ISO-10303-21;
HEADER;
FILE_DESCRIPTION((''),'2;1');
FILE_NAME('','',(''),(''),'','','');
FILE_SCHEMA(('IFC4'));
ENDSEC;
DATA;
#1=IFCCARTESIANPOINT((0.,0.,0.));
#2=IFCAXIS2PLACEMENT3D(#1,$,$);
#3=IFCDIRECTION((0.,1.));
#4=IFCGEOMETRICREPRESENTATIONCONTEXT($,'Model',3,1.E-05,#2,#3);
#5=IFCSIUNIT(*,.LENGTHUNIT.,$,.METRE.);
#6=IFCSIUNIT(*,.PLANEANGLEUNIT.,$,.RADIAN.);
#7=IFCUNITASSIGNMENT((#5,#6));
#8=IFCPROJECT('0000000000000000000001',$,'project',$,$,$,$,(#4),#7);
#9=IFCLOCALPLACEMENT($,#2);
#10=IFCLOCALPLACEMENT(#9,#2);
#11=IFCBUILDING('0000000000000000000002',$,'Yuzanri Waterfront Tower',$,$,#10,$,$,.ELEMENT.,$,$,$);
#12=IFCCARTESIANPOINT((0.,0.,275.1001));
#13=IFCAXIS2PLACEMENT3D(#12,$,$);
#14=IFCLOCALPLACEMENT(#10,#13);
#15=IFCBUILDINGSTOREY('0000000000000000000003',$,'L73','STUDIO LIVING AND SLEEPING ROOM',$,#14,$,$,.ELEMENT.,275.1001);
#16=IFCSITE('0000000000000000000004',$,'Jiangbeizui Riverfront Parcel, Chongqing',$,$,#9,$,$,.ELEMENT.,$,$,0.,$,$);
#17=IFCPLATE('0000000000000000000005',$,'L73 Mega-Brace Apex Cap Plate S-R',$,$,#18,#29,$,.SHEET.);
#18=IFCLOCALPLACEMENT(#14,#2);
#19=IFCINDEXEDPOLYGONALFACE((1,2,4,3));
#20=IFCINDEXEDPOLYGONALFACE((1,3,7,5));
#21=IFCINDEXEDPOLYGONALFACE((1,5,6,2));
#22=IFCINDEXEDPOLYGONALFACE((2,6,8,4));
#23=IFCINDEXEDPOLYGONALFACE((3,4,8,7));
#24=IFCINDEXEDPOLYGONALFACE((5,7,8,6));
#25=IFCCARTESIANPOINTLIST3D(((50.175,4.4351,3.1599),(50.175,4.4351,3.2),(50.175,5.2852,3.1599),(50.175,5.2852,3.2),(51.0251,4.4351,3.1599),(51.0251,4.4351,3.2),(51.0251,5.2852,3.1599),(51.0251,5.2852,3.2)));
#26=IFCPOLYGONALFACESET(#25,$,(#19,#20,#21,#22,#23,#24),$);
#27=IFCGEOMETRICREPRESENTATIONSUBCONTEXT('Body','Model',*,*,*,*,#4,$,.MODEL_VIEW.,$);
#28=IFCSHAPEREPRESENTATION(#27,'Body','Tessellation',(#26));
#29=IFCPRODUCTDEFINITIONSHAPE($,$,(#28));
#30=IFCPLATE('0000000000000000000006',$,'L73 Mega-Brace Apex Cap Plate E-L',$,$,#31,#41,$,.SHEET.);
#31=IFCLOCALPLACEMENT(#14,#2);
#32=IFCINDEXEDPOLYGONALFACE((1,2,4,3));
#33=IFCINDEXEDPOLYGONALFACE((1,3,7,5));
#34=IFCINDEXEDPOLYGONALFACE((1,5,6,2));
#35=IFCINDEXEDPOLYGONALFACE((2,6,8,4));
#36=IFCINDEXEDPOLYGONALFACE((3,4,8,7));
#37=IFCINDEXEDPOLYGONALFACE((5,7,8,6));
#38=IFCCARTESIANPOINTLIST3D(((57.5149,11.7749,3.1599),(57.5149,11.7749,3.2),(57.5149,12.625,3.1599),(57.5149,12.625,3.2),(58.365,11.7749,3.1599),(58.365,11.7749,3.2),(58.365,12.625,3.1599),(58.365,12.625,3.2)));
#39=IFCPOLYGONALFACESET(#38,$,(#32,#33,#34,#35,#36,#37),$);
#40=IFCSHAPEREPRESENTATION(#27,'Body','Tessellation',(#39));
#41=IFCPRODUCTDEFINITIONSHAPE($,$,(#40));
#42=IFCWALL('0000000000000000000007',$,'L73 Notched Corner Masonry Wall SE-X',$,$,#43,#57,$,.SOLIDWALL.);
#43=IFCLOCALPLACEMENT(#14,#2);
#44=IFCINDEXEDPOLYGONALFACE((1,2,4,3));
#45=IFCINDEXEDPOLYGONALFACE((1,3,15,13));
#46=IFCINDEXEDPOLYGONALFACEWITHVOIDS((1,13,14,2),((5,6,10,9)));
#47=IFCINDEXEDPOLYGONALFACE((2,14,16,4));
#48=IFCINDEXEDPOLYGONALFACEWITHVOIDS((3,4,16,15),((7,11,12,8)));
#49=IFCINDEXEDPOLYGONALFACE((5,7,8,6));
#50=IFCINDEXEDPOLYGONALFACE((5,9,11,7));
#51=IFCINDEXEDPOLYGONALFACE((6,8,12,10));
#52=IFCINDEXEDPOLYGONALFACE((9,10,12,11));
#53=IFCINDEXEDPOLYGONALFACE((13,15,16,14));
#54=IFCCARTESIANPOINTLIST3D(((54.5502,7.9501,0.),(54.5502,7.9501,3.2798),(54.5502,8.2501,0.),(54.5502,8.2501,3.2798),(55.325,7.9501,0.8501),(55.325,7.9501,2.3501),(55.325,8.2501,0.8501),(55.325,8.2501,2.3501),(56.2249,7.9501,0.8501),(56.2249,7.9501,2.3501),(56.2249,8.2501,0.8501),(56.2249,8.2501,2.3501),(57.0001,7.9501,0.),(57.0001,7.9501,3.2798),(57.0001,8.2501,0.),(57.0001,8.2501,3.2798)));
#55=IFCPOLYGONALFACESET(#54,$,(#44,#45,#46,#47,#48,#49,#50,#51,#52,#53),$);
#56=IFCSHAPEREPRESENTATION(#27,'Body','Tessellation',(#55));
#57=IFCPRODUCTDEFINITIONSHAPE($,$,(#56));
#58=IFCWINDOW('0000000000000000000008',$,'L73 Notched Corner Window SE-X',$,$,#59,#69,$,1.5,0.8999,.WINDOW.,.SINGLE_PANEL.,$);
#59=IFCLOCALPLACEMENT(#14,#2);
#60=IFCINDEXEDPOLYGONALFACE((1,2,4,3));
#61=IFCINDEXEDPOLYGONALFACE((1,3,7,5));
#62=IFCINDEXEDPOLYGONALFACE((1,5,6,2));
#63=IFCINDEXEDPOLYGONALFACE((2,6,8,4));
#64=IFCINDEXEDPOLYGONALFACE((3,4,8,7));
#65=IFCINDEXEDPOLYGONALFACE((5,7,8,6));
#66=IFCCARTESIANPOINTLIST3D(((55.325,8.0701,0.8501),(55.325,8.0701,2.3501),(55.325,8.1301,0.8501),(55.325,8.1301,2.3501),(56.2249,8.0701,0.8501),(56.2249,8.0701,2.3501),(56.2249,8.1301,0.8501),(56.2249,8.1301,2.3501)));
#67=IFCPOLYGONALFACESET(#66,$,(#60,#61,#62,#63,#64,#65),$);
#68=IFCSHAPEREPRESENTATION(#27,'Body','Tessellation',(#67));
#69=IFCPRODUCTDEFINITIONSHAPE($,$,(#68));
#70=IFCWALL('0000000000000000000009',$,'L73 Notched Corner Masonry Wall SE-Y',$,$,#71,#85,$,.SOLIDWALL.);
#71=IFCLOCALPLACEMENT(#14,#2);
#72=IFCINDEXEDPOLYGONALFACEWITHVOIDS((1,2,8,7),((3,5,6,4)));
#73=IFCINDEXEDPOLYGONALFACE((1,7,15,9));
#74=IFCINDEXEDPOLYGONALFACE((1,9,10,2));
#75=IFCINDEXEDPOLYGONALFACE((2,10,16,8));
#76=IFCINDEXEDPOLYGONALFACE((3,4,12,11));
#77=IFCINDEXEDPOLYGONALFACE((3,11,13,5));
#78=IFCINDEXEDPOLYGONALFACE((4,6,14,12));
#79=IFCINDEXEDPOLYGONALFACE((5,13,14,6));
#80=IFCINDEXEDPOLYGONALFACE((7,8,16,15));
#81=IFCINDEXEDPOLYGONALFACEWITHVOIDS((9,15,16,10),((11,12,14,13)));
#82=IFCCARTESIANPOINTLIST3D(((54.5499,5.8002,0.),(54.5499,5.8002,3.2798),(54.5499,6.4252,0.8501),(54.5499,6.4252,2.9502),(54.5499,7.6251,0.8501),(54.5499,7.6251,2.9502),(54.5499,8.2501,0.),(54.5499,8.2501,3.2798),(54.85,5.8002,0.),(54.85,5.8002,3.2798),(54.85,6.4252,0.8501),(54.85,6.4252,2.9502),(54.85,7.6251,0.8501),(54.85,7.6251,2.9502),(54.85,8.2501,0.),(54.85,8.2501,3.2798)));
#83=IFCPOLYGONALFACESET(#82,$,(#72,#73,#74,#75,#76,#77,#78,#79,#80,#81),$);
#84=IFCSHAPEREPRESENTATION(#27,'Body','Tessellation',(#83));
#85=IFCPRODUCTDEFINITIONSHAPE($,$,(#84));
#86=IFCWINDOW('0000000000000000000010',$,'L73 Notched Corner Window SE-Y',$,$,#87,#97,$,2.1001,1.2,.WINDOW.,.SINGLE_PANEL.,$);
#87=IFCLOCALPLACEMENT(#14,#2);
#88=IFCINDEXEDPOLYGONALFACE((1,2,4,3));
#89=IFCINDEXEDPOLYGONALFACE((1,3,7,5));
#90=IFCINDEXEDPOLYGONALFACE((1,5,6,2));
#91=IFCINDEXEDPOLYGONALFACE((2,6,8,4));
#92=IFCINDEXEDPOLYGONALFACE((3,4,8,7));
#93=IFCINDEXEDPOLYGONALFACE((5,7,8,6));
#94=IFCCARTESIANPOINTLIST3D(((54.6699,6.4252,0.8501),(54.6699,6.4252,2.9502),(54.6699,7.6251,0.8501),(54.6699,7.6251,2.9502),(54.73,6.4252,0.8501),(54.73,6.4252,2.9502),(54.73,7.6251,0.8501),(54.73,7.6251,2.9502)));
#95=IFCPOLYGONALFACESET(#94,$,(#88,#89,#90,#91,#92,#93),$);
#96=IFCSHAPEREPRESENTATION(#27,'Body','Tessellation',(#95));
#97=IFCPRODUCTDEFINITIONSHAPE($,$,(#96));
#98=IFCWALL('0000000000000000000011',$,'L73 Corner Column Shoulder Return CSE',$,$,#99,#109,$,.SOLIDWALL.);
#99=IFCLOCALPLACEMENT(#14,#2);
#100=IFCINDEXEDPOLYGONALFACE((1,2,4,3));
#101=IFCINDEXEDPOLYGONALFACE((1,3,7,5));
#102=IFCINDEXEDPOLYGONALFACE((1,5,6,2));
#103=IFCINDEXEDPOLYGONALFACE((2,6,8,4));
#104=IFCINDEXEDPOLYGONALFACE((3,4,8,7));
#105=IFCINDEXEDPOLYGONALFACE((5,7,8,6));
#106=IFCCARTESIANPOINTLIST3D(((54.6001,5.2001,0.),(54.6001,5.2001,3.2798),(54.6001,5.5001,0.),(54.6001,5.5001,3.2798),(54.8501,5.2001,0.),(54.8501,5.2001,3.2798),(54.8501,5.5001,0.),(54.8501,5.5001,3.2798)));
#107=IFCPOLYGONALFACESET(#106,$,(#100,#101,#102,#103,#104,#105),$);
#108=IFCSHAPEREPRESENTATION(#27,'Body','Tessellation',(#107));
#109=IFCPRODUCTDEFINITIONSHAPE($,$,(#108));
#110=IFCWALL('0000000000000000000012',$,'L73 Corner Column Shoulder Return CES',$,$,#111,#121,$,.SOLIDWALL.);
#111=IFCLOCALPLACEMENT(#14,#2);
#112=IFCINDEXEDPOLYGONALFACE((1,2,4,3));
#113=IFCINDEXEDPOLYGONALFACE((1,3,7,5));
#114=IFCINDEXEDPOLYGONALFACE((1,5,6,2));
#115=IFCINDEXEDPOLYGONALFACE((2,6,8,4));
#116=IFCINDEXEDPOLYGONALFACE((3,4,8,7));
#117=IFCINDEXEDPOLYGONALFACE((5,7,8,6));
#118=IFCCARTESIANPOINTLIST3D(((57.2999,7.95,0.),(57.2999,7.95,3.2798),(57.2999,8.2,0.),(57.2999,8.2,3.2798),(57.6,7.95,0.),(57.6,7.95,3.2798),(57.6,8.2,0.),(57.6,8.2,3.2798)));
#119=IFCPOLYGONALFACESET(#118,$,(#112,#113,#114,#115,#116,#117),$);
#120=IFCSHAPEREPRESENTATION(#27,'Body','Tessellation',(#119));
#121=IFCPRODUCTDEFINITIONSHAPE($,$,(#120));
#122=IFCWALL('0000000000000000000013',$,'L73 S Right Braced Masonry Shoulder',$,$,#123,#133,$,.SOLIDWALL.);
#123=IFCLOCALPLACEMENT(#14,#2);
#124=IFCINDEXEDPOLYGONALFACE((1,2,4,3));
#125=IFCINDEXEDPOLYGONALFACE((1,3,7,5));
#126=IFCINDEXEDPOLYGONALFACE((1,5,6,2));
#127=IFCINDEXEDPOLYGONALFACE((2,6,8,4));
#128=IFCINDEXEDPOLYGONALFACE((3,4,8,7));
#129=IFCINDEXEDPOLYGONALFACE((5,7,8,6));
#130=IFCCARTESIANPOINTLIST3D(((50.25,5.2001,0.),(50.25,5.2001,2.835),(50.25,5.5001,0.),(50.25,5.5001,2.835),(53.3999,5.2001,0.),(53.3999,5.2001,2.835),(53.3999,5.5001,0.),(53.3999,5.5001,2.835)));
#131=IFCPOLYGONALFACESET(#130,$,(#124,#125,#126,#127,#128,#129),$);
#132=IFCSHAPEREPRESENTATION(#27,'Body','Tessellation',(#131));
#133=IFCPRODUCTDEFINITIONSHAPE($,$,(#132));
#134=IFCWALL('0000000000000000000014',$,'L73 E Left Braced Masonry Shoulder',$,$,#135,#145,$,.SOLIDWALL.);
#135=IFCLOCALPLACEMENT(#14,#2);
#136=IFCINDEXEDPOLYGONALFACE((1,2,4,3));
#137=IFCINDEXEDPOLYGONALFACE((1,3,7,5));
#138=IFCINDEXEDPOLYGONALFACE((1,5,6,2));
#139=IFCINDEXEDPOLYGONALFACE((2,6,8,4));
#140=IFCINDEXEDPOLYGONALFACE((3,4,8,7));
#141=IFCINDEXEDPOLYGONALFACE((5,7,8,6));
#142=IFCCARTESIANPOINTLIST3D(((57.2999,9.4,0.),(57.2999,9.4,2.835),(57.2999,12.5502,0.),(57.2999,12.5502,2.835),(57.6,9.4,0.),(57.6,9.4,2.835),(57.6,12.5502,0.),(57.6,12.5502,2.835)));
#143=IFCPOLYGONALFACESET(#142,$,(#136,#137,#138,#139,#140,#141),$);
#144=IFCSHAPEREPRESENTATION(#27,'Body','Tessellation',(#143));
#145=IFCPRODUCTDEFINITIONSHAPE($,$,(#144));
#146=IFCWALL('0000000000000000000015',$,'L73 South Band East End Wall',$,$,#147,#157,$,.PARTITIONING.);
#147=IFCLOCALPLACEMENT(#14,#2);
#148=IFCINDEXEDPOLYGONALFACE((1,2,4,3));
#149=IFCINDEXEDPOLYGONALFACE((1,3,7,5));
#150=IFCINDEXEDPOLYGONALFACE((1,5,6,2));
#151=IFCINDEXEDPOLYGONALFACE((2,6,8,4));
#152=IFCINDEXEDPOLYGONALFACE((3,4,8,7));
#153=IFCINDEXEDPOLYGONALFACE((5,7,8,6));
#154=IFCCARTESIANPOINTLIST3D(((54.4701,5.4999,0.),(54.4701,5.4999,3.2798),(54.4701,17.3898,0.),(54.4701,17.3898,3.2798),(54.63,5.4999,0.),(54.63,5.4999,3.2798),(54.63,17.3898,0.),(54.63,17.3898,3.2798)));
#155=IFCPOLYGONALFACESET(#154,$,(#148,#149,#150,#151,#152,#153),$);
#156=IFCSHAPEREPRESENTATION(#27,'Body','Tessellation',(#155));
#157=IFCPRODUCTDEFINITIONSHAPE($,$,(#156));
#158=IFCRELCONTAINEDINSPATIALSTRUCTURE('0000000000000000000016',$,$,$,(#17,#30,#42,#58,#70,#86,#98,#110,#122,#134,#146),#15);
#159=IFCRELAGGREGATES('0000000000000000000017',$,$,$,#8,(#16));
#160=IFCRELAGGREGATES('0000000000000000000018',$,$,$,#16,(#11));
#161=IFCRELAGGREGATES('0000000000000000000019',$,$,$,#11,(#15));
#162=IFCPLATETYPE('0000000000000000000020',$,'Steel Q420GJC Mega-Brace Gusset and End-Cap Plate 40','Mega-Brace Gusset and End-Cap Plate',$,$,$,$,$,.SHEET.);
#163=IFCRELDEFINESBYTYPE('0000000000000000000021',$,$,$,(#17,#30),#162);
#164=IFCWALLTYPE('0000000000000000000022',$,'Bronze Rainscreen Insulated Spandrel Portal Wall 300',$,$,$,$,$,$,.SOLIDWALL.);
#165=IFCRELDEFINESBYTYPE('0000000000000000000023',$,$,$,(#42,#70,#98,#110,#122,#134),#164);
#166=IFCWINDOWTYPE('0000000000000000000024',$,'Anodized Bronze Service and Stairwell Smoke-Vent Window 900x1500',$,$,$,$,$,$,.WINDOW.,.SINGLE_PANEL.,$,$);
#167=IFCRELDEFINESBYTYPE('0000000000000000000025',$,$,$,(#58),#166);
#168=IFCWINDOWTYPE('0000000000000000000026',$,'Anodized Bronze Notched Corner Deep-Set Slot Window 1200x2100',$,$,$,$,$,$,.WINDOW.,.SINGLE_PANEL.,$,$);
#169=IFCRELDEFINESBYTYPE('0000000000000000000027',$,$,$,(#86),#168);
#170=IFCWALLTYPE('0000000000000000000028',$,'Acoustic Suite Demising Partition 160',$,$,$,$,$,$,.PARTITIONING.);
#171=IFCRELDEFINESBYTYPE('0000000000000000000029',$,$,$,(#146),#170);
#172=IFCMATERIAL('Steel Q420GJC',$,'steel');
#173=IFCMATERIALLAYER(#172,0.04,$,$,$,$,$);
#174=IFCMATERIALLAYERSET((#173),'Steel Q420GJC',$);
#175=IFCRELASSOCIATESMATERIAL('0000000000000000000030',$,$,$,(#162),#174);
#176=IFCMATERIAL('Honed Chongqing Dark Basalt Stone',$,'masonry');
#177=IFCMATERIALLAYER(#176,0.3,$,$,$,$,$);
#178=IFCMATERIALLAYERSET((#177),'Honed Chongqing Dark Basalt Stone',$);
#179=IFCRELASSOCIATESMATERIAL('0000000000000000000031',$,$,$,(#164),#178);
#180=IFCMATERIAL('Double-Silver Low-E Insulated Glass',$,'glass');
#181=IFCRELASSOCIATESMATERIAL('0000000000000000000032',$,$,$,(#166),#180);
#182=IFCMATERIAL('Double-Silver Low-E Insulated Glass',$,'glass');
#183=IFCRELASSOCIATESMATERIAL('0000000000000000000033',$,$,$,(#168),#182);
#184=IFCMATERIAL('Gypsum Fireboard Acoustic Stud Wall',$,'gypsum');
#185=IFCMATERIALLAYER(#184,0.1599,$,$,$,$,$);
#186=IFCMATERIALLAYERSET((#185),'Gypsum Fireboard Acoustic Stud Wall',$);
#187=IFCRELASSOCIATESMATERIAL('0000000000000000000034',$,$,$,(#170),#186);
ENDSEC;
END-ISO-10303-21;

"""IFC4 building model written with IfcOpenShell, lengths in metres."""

from ifc_helpers import new_model, si_unit, direction, frame, frame_2d, origin, origin_2d, place, context, subcontext, project, spatial, rectangle, extrude, source, transform, mapped, material, layer, layer_set, type_object, element, fill, save


model = new_model("IFC4")

# Units and contexts
model_context = context("Model", 3, precision=1e-05, world=origin(), true_north=direction((0.0, 1.0)))
body_context = subcontext(model_context, "Body", "Model", "MODEL_VIEW")
ifc_project = project(units=[si_unit("LENGTHUNIT", "METRE"), si_unit("PLANEANGLEUNIT", "RADIAN")], contexts=[model_context])

# Site, building, storey
site_placement = place(None, origin())
site = spatial("IfcSite", under=ifc_project, at=site_placement, Name="Jiangbeizui Riverfront Parcel, Chongqing", CompositionType="ELEMENT", RefElevation=0.0)
building_placement = place(site_placement, origin())
building = spatial("IfcBuilding", under=site, at=building_placement, Name="Yuzanri Waterfront Tower", CompositionType="ELEMENT")
storey_placement = place(building_placement, frame((0.0, 0.0, 275.1001)))
storey = spatial("IfcBuildingStorey", under=building, at=storey_placement, Name="L73", Description="STUDIO LIVING AND SLEEPING ROOM", CompositionType="ELEMENT", Elevation=275.1001)

# Plates
ifc_material_1 = material(Name="Steel Q420GJC", Category="steel")
ifc_layer_1 = layer(ifc_material_1, 0.04)
ifc_layer_set_1 = layer_set([ifc_layer_1], Name="Steel Q420GJC")
plate_type = type_object("IfcPlateType", Name="Steel Q420GJC Mega-Brace Gusset and End-Cap Plate 40", Description="Mega-Brace Gusset and End-Cap Plate", PredefinedType="SHEET", material=ifc_layer_set_1)
shared_shape_1 = source(origin(), body_context, "Body", "SweptSolid", [
    extrude(rectangle(XDim=0.8501, YDim=0.8501, at=origin_2d()), origin(), (0.0, 0.0, 1.0), 0.04),
])
for number, where, z_axis, x_axis, name in (
    (1, (50.6001, 4.8601, 3.1599), (0.0, 0.0, 1.0), (1.0, 0.0, 0.0), "L73 Mega-Brace Apex Cap Plate S-R"),
    (2, (57.9399, 12.2, 3.1599), (0.0, 0.0, 1.0), (1.0, 0.0, 0.0), "L73 Mega-Brace Apex Cap Plate E-L"),
):
    element("IfcPlate", number, at=place(storey_placement, frame(where, z_axis=z_axis, x_axis=x_axis)), inside=storey, type_object=plate_type, Name=name, PredefinedType="SHEET", context=body_context, shape_type="MappedRepresentation", body=[
        mapped(shared_shape_1, transform((0.0, 0.0, 0.0), scale=1.0)),
    ])

# Walls, openings, windows
ifc_material_2 = material(Name="Honed Chongqing Dark Basalt Stone", Category="masonry")
ifc_layer_2 = layer(ifc_material_2, 0.3)
ifc_layer_set_2 = layer_set([ifc_layer_2], Name="Honed Chongqing Dark Basalt Stone")
wall_type_1 = type_object("IfcWallType", Name="Bronze Rainscreen Insulated Spandrel Portal Wall 300", PredefinedType="SOLIDWALL", material=ifc_layer_set_2)
wall_1_placement = place(storey_placement, frame((54.55, 8.1001, 0.0), z_axis=(0.0, 0.0, 1.0), x_axis=(1.0, 0.0, 0.0)))
wall_1 = element("IfcWall", 3, at=wall_1_placement, inside=storey, type_object=wall_type_1, Name="L73 Notched Corner Masonry Wall SE-X", PredefinedType="SOLIDWALL", context=body_context, shape_type="SweptSolid", body=[
    extrude(rectangle(XDim=2.45, YDim=0.3, at=frame_2d((1.2251, 0.0))), origin(), (0.0, 0.0, 1.0), 3.2798),
])
opening_1_placement = place(wall_1_placement, frame((0.7749, 0.0, 0.8501)))
opening_1 = element("IfcOpeningElement", 4, at=opening_1_placement, cuts=wall_1, PredefinedType="OPENING", context=body_context, shape_type="SweptSolid", body=[
    extrude(rectangle(XDim=0.8999, YDim=1.5, at=frame_2d((0.45, 0.75))), frame((0.0, 0.165, 0.0), z_axis=(0.0, -1.0, 0.0), x_axis=(1.0, 0.0, 0.0)), (0.0, 0.0, 1.0), 0.3298),
])
ifc_material_3 = material(Name="Double-Silver Low-E Insulated Glass", Category="glass")
window_type_1 = type_object("IfcWindowType", Name="Anodized Bronze Service and Stairwell Smoke-Vent Window 900x1500", PartitioningType="SINGLE_PANEL", PredefinedType="WINDOW", material=ifc_material_3)
shared_shape_2 = source(origin(), body_context, "Body", "SweptSolid", [
    extrude(rectangle(XDim=0.8999, YDim=1.5, at=frame_2d((0.45, 0.75))), frame((0.0, 0.03, 0.0), z_axis=(0.0, -1.0, 0.0), x_axis=(1.0, 0.0, 0.0)), (0.0, 0.0, 1.0), 0.0601),
])
window_1_placement = place(opening_1_placement, origin())
window_1 = element("IfcWindow", 5, at=window_1_placement, inside=storey, type_object=window_type_1, Name="L73 Notched Corner Window SE-X", OverallHeight=1.5, OverallWidth=0.8999, PartitioningType="SINGLE_PANEL", PredefinedType="WINDOW", context=body_context, shape_type="MappedRepresentation", body=[
    mapped(shared_shape_2, transform((0.0, 0.0, 0.0), scale=1.0)),
])
fill(opening_1, window_1)
wall_2_placement = place(storey_placement, frame((54.7, 5.8, 0.0), z_axis=(0.0, 0.0, 1.0), x_axis=(0.0, 1.0, 0.0)))
wall_2 = element("IfcWall", 6, at=wall_2_placement, inside=storey, type_object=wall_type_1, Name="L73 Notched Corner Masonry Wall SE-Y", PredefinedType="SOLIDWALL", context=body_context, shape_type="SweptSolid", body=[
    extrude(rectangle(XDim=2.45, YDim=0.3, at=frame_2d((1.2251, 0.0))), origin(), (0.0, 0.0, 1.0), 3.2798),
])
opening_2_placement = place(wall_2_placement, frame((0.625, 0.0, 0.8501)))
opening_2 = element("IfcOpeningElement", 7, at=opening_2_placement, cuts=wall_2, PredefinedType="OPENING", context=body_context, shape_type="SweptSolid", body=[
    extrude(rectangle(XDim=1.2, YDim=2.1001, at=frame_2d((0.6001, 1.05))), frame((0.0, 0.165, 0.0), z_axis=(0.0, -1.0, 0.0), x_axis=(1.0, 0.0, 0.0)), (0.0, 0.0, 1.0), 0.3298),
])
ifc_material_4 = material(Name="Double-Silver Low-E Insulated Glass", Category="glass")
window_type_2 = type_object("IfcWindowType", Name="Anodized Bronze Notched Corner Deep-Set Slot Window 1200x2100", PartitioningType="SINGLE_PANEL", PredefinedType="WINDOW", material=ifc_material_4)
shared_shape_3 = source(origin(), body_context, "Body", "SweptSolid", [
    extrude(rectangle(XDim=1.2, YDim=2.1001, at=frame_2d((0.6001, 1.05))), frame((0.0, 0.03, 0.0), z_axis=(0.0, -1.0, 0.0), x_axis=(1.0, 0.0, 0.0)), (0.0, 0.0, 1.0), 0.0601),
])
window_2_placement = place(opening_2_placement, origin())
window_2 = element("IfcWindow", 8, at=window_2_placement, inside=storey, type_object=window_type_2, Name="L73 Notched Corner Window SE-Y", OverallHeight=2.1001, OverallWidth=1.2, PartitioningType="SINGLE_PANEL", PredefinedType="WINDOW", context=body_context, shape_type="MappedRepresentation", body=[
    mapped(shared_shape_3, transform((0.0, 0.0, 0.0), scale=1.0)),
])
fill(opening_2, window_2)

# Walls
shared_shape_4 = source(origin(), body_context, "Body", "SweptSolid", [
    extrude(rectangle(XDim=0.25, YDim=0.3, at=frame_2d((0.125, 0.0))), origin(), (0.0, 0.0, 1.0), 3.2798),
])
for number, where, z_axis, x_axis, name in (
    (9, (54.6001, 5.3501, 0.0), (0.0, 0.0, 1.0), (1.0, 0.0, 0.0), "L73 Corner Column Shoulder Return CSE"),
    (10, (57.45, 7.95, 0.0), (0.0, 0.0, 1.0), (0.0, 1.0, 0.0), "L73 Corner Column Shoulder Return CES"),
):
    element("IfcWall", number, at=place(storey_placement, frame(where, z_axis=z_axis, x_axis=x_axis)), inside=storey, type_object=wall_type_1, Name=name, PredefinedType="SOLIDWALL", context=body_context, shape_type="MappedRepresentation", body=[
        mapped(shared_shape_4, transform((0.0, 0.0, 0.0), scale=1.0)),
    ])
shared_shape_5 = source(origin(), body_context, "Body", "SweptSolid", [
    extrude(rectangle(XDim=3.1499, YDim=0.3, at=frame_2d((1.575, 0.0))), origin(), (0.0, 0.0, 1.0), 2.835),
])
wall_3_placement = place(storey_placement, frame((50.25, 5.3501, 0.0), z_axis=(0.0, 0.0, 1.0), x_axis=(1.0, 0.0, 0.0)))
element("IfcWall", 11, at=wall_3_placement, inside=storey, type_object=wall_type_1, Name="L73 S Right Braced Masonry Shoulder", PredefinedType="SOLIDWALL", context=body_context, shape_type="MappedRepresentation", body=[
    mapped(shared_shape_5, transform((0.0, 0.0, 0.0), scale=1.0)),
])
shared_shape_6 = source(origin(), body_context, "Body", "SweptSolid", [
    extrude(rectangle(XDim=3.1501, YDim=0.3, at=frame_2d((1.5752, 0.0))), origin(), (0.0, 0.0, 1.0), 2.835),
])
wall_4_placement = place(storey_placement, frame((57.45, 9.3999, 0.0), z_axis=(0.0, 0.0, 1.0), x_axis=(0.0, 1.0, 0.0)))
element("IfcWall", 12, at=wall_4_placement, inside=storey, type_object=wall_type_1, Name="L73 E Left Braced Masonry Shoulder", PredefinedType="SOLIDWALL", context=body_context, shape_type="MappedRepresentation", body=[
    mapped(shared_shape_6, transform((0.0, 0.0, 0.0), scale=1.0)),
])
ifc_material_5 = material(Name="Gypsum Fireboard Acoustic Stud Wall", Category="gypsum")
ifc_layer_3 = layer(ifc_material_5, 0.1599)
ifc_layer_set_3 = layer_set([ifc_layer_3], Name="Gypsum Fireboard Acoustic Stud Wall")
wall_type_2 = type_object("IfcWallType", Name="Acoustic Suite Demising Partition 160", PredefinedType="PARTITIONING", material=ifc_layer_set_3)
shared_shape_7 = source(origin(), body_context, "Body", "SweptSolid", [
    extrude(rectangle(XDim=11.8899, YDim=0.1599, at=frame_2d((5.9448, 0.0))), origin(), (0.0, 0.0, 1.0), 3.2798),
])
wall_5_placement = place(storey_placement, frame((54.55, 5.5, 0.0), z_axis=(0.0, 0.0, 1.0), x_axis=(0.0, 1.0, 0.0)))
element("IfcWall", 13, at=wall_5_placement, inside=storey, type_object=wall_type_2, Name="L73 South Band East End Wall", PredefinedType="PARTITIONING", context=body_context, shape_type="MappedRepresentation", body=[
    mapped(shared_shape_7, transform((0.0, 0.0, 0.0), scale=1.0)),
])

save(model, "model.ifc")
